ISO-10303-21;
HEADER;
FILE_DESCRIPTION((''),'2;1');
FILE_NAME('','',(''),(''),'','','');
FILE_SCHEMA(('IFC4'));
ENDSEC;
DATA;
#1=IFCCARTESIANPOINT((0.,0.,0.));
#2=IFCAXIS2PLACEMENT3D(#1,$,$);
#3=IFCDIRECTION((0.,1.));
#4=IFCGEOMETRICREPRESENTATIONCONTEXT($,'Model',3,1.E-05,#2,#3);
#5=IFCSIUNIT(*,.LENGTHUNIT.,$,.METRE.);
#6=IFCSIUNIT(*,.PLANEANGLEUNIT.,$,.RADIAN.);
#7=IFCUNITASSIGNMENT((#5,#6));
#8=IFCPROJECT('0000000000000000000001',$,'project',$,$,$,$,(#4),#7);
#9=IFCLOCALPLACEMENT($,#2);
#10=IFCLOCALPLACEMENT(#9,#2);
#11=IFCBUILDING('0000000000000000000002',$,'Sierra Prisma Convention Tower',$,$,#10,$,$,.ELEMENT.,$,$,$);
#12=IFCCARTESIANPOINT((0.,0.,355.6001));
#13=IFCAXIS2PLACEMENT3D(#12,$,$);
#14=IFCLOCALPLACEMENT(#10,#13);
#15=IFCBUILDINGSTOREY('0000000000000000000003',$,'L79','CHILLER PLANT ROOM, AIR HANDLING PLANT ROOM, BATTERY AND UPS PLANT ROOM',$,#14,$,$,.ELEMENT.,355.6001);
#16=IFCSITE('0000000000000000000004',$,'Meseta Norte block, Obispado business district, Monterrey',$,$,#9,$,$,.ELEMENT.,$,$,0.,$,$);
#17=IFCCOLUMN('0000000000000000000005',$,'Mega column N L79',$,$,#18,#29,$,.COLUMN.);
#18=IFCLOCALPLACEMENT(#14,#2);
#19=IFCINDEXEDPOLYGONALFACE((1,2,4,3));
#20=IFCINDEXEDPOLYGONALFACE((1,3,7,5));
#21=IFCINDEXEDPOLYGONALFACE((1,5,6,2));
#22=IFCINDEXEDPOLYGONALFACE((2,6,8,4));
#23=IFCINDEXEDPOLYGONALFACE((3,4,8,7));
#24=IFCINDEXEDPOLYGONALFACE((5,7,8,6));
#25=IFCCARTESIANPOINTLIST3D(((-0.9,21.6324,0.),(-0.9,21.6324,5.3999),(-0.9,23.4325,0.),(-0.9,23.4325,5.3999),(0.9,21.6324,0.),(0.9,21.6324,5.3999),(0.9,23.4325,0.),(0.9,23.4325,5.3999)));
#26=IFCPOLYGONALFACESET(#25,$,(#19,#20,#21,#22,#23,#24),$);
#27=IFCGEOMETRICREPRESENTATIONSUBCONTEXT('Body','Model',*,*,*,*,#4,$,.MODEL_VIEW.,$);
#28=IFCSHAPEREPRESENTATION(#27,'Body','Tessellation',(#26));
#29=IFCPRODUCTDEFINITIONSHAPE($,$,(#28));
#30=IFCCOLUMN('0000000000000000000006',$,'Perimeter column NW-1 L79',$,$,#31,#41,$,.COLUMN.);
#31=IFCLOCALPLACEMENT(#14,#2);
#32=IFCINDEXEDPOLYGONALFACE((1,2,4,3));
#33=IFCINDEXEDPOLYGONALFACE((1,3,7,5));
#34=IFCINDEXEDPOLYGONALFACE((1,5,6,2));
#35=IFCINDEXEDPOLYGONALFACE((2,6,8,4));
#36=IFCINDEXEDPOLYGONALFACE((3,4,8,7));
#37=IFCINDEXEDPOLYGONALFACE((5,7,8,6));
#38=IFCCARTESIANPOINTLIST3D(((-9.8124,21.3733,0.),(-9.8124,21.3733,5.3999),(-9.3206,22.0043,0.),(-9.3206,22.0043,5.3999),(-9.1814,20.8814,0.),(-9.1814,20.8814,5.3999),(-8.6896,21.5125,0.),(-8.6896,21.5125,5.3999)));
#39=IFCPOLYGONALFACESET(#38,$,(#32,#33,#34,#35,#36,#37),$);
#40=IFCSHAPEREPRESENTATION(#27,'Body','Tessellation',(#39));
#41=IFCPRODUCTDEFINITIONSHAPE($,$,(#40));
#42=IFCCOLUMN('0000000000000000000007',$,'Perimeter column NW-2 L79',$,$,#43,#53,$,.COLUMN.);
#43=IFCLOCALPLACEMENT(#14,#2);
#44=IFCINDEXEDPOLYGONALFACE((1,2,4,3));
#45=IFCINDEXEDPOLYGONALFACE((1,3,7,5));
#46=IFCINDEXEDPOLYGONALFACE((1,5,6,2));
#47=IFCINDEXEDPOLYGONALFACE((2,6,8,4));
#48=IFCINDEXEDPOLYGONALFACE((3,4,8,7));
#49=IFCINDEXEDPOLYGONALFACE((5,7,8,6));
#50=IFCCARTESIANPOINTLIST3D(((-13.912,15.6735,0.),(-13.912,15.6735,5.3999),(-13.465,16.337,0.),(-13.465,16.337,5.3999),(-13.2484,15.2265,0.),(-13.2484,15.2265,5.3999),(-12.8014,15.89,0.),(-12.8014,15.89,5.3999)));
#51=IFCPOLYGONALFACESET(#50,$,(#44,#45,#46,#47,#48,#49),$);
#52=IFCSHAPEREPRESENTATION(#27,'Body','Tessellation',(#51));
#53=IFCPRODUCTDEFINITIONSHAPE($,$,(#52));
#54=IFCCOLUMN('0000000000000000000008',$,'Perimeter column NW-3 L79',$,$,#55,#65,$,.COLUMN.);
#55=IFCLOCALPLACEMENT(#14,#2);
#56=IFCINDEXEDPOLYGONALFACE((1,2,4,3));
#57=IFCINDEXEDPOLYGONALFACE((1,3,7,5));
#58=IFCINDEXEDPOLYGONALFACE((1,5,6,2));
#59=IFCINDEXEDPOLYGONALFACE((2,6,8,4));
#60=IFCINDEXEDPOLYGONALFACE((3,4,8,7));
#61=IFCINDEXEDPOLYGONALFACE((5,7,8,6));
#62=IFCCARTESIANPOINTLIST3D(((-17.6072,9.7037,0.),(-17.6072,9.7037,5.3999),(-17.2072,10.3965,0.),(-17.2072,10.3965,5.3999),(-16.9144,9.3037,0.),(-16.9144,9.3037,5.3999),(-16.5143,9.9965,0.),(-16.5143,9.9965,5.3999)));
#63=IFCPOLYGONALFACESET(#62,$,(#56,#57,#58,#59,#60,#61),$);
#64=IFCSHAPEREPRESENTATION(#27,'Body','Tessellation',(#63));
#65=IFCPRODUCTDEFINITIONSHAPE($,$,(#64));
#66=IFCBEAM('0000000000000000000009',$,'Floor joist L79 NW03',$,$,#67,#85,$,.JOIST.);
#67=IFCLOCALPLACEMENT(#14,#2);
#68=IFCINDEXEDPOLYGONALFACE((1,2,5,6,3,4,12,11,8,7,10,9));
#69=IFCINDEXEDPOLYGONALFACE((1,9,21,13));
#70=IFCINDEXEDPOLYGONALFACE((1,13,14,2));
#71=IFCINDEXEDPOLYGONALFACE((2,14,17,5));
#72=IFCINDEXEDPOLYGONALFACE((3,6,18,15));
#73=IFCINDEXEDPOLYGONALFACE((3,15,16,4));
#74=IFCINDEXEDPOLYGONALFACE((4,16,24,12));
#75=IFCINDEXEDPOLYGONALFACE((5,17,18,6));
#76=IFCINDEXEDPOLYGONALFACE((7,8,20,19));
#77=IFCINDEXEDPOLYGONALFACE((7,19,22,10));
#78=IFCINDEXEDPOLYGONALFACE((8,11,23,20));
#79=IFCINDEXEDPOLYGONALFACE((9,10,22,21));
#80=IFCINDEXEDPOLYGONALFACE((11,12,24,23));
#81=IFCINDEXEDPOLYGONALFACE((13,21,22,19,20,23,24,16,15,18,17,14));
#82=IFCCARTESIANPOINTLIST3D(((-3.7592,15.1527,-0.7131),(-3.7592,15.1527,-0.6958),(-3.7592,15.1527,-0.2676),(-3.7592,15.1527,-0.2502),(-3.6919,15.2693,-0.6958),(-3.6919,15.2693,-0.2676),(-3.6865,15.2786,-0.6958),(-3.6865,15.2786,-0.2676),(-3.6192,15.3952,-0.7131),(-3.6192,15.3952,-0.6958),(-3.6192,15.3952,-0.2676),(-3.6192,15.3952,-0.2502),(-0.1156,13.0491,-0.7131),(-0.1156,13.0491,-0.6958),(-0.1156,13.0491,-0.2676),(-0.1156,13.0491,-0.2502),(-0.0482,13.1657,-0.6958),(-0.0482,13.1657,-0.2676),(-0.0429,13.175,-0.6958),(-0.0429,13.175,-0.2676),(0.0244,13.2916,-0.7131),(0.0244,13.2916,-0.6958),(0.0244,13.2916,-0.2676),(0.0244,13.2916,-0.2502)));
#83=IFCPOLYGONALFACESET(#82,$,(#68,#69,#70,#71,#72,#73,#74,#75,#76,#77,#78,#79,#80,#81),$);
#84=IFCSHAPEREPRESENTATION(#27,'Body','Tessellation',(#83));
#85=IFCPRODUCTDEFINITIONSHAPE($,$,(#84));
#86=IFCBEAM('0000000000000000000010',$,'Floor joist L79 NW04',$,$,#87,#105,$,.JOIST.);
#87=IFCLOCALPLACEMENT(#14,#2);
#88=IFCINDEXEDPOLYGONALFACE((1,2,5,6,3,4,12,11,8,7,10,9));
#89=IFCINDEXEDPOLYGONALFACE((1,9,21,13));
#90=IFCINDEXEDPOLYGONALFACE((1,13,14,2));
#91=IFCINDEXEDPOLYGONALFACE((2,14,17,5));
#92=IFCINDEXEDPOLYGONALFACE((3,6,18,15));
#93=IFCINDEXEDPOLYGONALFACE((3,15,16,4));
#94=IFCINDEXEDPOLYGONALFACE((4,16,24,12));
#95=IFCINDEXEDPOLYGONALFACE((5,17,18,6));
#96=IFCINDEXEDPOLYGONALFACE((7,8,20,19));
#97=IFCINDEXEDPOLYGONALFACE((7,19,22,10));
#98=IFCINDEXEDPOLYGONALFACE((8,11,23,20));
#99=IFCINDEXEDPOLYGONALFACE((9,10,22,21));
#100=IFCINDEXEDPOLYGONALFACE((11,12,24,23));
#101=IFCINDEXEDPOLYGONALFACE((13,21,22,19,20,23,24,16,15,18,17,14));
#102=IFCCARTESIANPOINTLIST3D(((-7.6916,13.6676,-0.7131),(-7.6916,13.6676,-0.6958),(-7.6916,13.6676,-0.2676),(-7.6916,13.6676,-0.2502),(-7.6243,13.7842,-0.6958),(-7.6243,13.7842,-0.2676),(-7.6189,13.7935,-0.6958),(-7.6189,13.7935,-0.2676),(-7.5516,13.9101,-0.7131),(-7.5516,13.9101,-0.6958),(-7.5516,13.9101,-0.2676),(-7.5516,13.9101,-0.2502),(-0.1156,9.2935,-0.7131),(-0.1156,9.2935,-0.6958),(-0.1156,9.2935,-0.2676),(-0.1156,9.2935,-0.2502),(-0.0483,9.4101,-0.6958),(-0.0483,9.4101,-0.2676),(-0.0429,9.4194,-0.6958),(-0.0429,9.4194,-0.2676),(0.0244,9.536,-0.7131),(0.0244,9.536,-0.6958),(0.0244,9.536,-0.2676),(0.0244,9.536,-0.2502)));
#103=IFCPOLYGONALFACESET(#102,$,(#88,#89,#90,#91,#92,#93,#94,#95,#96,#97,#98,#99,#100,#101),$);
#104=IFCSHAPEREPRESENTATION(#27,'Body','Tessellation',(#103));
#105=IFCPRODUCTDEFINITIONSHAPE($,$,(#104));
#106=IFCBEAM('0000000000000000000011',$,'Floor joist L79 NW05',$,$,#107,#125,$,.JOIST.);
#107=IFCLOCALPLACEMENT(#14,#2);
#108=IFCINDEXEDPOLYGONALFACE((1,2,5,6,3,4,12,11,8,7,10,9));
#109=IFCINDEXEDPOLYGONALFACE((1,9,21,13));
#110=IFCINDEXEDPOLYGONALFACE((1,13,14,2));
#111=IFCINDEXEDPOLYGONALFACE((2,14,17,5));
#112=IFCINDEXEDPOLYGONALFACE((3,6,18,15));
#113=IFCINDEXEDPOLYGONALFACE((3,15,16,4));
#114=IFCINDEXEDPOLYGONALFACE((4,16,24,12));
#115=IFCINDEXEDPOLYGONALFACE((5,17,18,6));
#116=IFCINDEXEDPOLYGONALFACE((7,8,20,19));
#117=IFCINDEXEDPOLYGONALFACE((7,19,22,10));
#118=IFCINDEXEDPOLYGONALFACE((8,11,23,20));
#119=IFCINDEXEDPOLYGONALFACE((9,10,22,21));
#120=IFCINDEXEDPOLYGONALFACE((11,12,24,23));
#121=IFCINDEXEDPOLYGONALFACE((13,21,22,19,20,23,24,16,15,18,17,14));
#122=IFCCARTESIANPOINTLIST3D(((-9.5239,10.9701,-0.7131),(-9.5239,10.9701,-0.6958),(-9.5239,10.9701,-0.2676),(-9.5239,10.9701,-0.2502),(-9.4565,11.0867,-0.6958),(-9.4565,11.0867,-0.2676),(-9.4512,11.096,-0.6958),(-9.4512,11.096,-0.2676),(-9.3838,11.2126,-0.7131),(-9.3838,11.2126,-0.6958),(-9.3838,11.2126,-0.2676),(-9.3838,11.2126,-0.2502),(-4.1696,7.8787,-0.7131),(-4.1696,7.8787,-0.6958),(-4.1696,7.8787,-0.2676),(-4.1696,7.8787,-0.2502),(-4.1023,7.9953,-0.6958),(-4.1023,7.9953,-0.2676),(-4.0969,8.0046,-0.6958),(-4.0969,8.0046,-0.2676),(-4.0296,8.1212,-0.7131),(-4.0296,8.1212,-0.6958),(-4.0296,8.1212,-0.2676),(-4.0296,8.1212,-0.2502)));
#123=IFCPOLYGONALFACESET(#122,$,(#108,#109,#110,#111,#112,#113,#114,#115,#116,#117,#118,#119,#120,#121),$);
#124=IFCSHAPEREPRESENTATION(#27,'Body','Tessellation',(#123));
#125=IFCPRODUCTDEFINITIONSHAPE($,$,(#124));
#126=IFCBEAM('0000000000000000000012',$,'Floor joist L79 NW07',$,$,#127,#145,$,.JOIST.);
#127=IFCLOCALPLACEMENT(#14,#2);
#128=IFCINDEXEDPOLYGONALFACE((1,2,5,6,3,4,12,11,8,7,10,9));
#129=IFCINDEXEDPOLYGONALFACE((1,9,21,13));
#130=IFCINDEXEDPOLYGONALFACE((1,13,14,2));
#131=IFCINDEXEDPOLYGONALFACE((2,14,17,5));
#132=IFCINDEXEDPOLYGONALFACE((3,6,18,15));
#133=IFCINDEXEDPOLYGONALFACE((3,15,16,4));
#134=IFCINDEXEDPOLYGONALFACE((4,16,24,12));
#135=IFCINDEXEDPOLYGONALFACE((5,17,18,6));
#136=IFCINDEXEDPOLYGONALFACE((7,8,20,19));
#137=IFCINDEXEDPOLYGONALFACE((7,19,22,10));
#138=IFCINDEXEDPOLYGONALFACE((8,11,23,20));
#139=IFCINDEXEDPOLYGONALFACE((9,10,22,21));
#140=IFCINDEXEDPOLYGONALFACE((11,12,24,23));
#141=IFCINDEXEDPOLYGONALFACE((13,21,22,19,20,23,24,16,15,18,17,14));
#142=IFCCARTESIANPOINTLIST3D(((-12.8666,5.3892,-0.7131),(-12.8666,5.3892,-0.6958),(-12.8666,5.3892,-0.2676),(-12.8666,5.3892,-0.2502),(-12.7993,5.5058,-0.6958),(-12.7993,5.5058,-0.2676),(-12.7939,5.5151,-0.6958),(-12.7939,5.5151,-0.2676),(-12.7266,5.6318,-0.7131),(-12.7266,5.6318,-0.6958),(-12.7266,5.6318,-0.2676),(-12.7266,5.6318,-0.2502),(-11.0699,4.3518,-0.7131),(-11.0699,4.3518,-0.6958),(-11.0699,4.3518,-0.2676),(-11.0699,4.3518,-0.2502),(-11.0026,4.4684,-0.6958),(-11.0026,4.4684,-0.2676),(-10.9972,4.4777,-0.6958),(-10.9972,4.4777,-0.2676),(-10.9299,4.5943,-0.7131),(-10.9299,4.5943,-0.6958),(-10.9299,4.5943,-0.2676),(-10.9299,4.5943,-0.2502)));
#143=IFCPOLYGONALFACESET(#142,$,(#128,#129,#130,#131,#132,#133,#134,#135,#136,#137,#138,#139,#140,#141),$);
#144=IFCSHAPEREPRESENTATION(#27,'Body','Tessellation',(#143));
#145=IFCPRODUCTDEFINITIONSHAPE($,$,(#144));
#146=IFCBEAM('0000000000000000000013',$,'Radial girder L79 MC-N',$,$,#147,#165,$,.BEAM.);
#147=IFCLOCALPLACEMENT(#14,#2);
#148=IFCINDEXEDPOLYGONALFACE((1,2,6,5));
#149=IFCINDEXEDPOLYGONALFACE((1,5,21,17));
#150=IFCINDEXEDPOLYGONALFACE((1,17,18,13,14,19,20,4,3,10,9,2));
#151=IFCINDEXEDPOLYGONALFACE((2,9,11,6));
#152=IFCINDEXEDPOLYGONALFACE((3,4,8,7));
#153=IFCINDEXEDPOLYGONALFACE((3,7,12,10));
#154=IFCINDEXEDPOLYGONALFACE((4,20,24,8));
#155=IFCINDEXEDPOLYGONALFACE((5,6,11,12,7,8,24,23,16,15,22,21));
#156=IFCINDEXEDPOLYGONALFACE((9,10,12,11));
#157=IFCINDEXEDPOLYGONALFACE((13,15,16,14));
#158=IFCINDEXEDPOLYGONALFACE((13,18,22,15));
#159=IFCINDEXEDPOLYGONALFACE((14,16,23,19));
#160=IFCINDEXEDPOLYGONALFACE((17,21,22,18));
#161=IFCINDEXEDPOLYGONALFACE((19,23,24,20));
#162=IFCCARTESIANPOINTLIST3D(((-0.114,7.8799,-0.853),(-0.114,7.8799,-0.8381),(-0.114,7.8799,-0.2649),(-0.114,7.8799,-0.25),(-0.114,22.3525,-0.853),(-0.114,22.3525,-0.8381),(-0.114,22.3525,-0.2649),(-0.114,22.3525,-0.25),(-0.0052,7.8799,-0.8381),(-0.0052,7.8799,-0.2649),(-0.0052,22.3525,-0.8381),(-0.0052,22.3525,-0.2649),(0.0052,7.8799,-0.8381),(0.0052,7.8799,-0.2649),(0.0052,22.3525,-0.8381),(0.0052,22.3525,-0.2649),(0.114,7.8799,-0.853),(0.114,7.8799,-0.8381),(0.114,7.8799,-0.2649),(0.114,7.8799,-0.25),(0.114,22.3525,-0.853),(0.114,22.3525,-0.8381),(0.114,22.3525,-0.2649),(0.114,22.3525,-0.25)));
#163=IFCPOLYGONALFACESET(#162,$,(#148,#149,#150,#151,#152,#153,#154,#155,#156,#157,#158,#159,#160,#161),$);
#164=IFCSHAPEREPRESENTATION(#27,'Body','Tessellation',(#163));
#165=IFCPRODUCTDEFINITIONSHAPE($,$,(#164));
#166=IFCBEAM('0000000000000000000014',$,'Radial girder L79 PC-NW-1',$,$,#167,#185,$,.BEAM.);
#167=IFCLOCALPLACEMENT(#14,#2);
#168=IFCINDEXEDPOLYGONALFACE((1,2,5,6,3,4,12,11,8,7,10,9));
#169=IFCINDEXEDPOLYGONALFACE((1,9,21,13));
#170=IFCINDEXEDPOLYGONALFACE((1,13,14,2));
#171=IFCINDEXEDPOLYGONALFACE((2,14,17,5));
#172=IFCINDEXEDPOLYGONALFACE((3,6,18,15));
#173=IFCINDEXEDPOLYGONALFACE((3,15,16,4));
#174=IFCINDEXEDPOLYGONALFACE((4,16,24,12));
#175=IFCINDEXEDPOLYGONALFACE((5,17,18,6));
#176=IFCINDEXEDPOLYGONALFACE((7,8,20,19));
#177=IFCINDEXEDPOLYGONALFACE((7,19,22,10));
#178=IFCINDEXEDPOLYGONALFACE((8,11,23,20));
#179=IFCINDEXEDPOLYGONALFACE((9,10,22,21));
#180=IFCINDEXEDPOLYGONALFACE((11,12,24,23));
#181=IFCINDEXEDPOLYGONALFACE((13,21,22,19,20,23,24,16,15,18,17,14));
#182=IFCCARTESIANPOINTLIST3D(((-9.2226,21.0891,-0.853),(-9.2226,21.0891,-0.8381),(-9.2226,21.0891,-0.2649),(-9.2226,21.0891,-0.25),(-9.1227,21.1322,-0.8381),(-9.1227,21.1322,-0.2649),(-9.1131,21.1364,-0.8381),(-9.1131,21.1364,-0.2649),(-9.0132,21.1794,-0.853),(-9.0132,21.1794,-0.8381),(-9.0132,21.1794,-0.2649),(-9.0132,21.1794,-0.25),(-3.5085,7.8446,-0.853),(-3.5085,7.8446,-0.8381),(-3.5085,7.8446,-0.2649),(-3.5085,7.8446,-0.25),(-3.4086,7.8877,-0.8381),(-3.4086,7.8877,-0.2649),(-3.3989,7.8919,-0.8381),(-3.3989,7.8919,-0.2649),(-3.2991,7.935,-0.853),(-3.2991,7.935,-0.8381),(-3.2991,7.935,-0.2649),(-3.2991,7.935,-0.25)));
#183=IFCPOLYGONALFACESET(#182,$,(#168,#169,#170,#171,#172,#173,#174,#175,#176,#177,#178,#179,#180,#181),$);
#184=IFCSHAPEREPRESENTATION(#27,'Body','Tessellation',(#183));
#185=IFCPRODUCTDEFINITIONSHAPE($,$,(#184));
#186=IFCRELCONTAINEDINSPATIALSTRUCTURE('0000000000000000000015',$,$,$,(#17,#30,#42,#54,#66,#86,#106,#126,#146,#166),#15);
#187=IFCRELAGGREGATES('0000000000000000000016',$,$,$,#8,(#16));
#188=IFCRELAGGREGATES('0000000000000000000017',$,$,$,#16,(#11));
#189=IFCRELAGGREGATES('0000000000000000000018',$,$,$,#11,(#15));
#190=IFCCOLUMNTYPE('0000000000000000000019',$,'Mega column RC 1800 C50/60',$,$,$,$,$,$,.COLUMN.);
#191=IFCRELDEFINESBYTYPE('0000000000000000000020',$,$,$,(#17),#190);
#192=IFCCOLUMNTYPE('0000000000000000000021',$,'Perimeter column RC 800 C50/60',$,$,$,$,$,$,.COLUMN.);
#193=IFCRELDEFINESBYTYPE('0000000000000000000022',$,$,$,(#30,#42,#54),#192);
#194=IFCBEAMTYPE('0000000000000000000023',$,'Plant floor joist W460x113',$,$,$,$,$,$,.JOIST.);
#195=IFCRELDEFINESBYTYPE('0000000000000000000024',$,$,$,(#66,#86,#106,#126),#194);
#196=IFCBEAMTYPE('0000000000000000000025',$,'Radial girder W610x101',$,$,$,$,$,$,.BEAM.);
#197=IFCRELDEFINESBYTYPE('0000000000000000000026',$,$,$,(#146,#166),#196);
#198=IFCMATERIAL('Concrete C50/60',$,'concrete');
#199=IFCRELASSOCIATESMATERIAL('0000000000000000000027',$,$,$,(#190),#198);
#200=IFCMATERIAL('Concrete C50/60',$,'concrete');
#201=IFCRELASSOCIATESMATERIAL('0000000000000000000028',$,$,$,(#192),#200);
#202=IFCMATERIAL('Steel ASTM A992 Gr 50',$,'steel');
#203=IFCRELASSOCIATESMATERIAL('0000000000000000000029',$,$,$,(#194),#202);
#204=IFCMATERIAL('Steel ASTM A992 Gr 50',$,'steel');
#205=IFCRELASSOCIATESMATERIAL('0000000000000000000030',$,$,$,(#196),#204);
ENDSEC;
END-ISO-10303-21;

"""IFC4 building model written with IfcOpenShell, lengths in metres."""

from ifc_helpers import new_model, si_unit, direction, frame, origin, origin_2d, place, context, subcontext, project, spatial, rectangle, i_section, extrude, material, material_profile, profile_set, type_object, element, save


model = new_model("IFC4")

# Units and contexts
model_context = context("Model", 3, precision=1e-05, world=origin(), true_north=direction((0.0, 1.0)))
body_context = subcontext(model_context, "Body", "Model", "MODEL_VIEW")
ifc_project = project(units=[si_unit("LENGTHUNIT", "METRE"), si_unit("PLANEANGLEUNIT", "RADIAN")], contexts=[model_context])

# Site, building, storey
site_placement = place(None, origin())
site = spatial("IfcSite", under=ifc_project, at=site_placement, Name="Meseta Norte block, Obispado business district, Monterrey", CompositionType="ELEMENT", RefElevation=0.0)
building_placement = place(site_placement, origin())
building = spatial("IfcBuilding", under=site, at=building_placement, Name="Sierra Prisma Convention Tower", CompositionType="ELEMENT")
storey_placement = place(building_placement, frame((0.0, 0.0, 355.6001)))
storey = spatial("IfcBuildingStorey", under=building, at=storey_placement, Name="L79", Description="CHILLER PLANT ROOM, AIR HANDLING PLANT ROOM, BATTERY AND UPS PLANT ROOM", CompositionType="ELEMENT", Elevation=355.6001)

# Columns
ifc_material_1 = material(Name="Concrete C50/60", Category="concrete")
ifc_material_profile_1 = material_profile(ifc_material_1, rectangle(XDim=1.8, YDim=1.8, at=origin_2d()), Name="Mega column RC 1800 C50/60")
ifc_profile_set_1 = profile_set([ifc_material_profile_1], Name="Concrete C50/60")
column_type_1 = type_object("IfcColumnType", Name="Mega column RC 1800 C50/60", PredefinedType="COLUMN", material=ifc_profile_set_1)
column_placement = place(storey_placement, frame((0.0, 22.5325, 0.0), z_axis=(0.0, 0.0, 1.0), x_axis=(1.0, 0.0, 0.0)))
element("IfcColumn", 1, at=column_placement, inside=storey, type_object=column_type_1, Name="Mega column N L79", PredefinedType="COLUMN", context=body_context, shape_type="SweptSolid", body=[
    extrude(rectangle(XDim=1.8, YDim=1.8, at=origin_2d()), origin(), (0.0, 0.0, 1.0), 5.3999),
])
ifc_material_2 = material(Name="Concrete C50/60", Category="concrete")
ifc_material_profile_2 = material_profile(ifc_material_2, rectangle(XDim=0.8, YDim=0.8, at=origin_2d()), Name="Perimeter column RC 800 C50/60")
ifc_profile_set_2 = profile_set([ifc_material_profile_2], Name="Concrete C50/60")
column_type_2 = type_object("IfcColumnType", Name="Perimeter column RC 800 C50/60", PredefinedType="COLUMN", material=ifc_profile_set_2)
for number, where, z_axis, x_axis, name in (
    (2, (-9.251, 21.4429, 0.0), (0.0, 0.0, 1.0), (0.614744, 0.788727, 0.0), "Perimeter column NW-1 L79"),
    (3, (-13.3567, 15.7817, 0.0), (0.0, 0.0, 1.0), (0.55871, 0.829363, 0.0), "Perimeter column NW-2 L79"),
    (4, (-17.0608, 9.8501, 0.0), (0.0, 0.0, 1.0), (0.5, 0.866025, 0.0), "Perimeter column NW-3 L79"),
):
    element("IfcColumn", number, at=place(storey_placement, frame(where, z_axis=z_axis, x_axis=x_axis)), inside=storey, type_object=column_type_2, Name=name, PredefinedType="COLUMN", context=body_context, shape_type="SweptSolid", body=[
        extrude(rectangle(XDim=0.8, YDim=0.8, at=origin_2d()), origin(), (0.0, 0.0, 1.0), 5.3999),
    ])

# Beams
ifc_material_3 = material(Name="Steel ASTM A992 Gr 50", Category="steel")
ifc_material_profile_3 = material_profile(ifc_material_3, i_section(OverallWidth=0.28, OverallDepth=0.4629, WebThickness=0.0107, FlangeThickness=0.0173, at=origin_2d()), Name="W460x113")
ifc_profile_set_3 = profile_set([ifc_material_profile_3], Name="Steel ASTM A992 Gr 50")
beam_type_1 = type_object("IfcBeamType", Name="Plant floor joist W460x113", PredefinedType="JOIST", material=ifc_profile_set_3)
beam_1_placement = place(storey_placement, frame((-3.6892, 15.2739, -0.4817), z_axis=(0.866035, -0.499984, 0.0), x_axis=(0.499984, 0.866035, 0.0)))
element("IfcBeam", 5, at=beam_1_placement, inside=storey, type_object=beam_type_1, Name="Floor joist L79 NW03", PredefinedType="JOIST", context=body_context, shape_type="SweptSolid", body=[
    extrude(i_section(OverallWidth=0.28, OverallDepth=0.4629, WebThickness=0.0107, FlangeThickness=0.0173, at=origin_2d()), origin(), (0.0, 0.0, 1.0), 4.2073),
])
beam_2_placement = place(storey_placement, frame((-7.6216, 13.7888, -0.4817), z_axis=(0.866022, -0.500005, 0.0), x_axis=(0.500005, 0.866022, 0.0)))
element("IfcBeam", 6, at=beam_2_placement, inside=storey, type_object=beam_type_1, Name="Floor joist L79 NW04", PredefinedType="JOIST", context=body_context, shape_type="SweptSolid", body=[
    extrude(i_section(OverallWidth=0.28, OverallDepth=0.4629, WebThickness=0.0107, FlangeThickness=0.0173, at=origin_2d()), origin(), (0.0, 0.0, 1.0), 8.748),
])
beam_3_placement = place(storey_placement, frame((-9.4539, 11.0913, -0.4817), z_axis=(0.866023, -0.500004, 0.0), x_axis=(0.500004, 0.866023, 0.0)))
element("IfcBeam", 7, at=beam_3_placement, inside=storey, type_object=beam_type_1, Name="Floor joist L79 NW05", PredefinedType="JOIST", context=body_context, shape_type="SweptSolid", body=[
    extrude(i_section(OverallWidth=0.28, OverallDepth=0.4629, WebThickness=0.0107, FlangeThickness=0.0173, at=origin_2d()), origin(), (0.0, 0.0, 1.0), 6.1826),
])
beam_4_placement = place(storey_placement, frame((-12.7966, 5.5105, -0.4817), z_axis=(0.866011, -0.500025, 0.0), x_axis=(0.500025, 0.866011, 0.0)))
element("IfcBeam", 8, at=beam_4_placement, inside=storey, type_object=beam_type_1, Name="Floor joist L79 NW07", PredefinedType="JOIST", context=body_context, shape_type="SweptSolid", body=[
    extrude(i_section(OverallWidth=0.28, OverallDepth=0.4629, WebThickness=0.0107, FlangeThickness=0.0173, at=origin_2d()), origin(), (0.0, 0.0, 1.0), 2.0747),
])
ifc_material_4 = material(Name="Steel ASTM A992 Gr 50", Category="steel")
ifc_material_profile_4 = material_profile(ifc_material_4, i_section(OverallWidth=0.228, OverallDepth=0.603, WebThickness=0.0105, FlangeThickness=0.0149, at=origin_2d()), Name="W610x101")
ifc_profile_set_4 = profile_set([ifc_material_profile_4], Name="Steel ASTM A992 Gr 50")
beam_type_2 = type_object("IfcBeamType", Name="Radial girder W610x101", PredefinedType="BEAM", material=ifc_profile_set_4)
beam_5_placement = place(storey_placement, frame((0.0, 22.3525, -0.5515), z_axis=(0.0, -1.0, 0.0), x_axis=(1.0, 0.0, 0.0)))
element("IfcBeam", 9, at=beam_5_placement, inside=storey, type_object=beam_type_2, Name="Radial girder L79 MC-N", PredefinedType="BEAM", context=body_context, shape_type="SweptSolid", body=[
    extrude(i_section(OverallWidth=0.228, OverallDepth=0.603, WebThickness=0.0105, FlangeThickness=0.0149, at=origin_2d()), origin(), (0.0, 0.0, 1.0), 14.4727),
])
beam_6_placement = place(storey_placement, frame((-9.1179, 21.1343, -0.5515), z_axis=(0.396141, -0.91819, 0.0), x_axis=(0.91819, 0.396141, 0.0)))
element("IfcBeam", 10, at=beam_6_placement, inside=storey, type_object=beam_type_2, Name="Radial girder L79 PC-NW-1", PredefinedType="BEAM", context=body_context, shape_type="SweptSolid", body=[
    extrude(i_section(OverallWidth=0.228, OverallDepth=0.603, WebThickness=0.0105, FlangeThickness=0.0149, at=origin_2d()), origin(), (0.0, 0.0, 1.0), 14.4246),
])

save(model, "model.ifc")
